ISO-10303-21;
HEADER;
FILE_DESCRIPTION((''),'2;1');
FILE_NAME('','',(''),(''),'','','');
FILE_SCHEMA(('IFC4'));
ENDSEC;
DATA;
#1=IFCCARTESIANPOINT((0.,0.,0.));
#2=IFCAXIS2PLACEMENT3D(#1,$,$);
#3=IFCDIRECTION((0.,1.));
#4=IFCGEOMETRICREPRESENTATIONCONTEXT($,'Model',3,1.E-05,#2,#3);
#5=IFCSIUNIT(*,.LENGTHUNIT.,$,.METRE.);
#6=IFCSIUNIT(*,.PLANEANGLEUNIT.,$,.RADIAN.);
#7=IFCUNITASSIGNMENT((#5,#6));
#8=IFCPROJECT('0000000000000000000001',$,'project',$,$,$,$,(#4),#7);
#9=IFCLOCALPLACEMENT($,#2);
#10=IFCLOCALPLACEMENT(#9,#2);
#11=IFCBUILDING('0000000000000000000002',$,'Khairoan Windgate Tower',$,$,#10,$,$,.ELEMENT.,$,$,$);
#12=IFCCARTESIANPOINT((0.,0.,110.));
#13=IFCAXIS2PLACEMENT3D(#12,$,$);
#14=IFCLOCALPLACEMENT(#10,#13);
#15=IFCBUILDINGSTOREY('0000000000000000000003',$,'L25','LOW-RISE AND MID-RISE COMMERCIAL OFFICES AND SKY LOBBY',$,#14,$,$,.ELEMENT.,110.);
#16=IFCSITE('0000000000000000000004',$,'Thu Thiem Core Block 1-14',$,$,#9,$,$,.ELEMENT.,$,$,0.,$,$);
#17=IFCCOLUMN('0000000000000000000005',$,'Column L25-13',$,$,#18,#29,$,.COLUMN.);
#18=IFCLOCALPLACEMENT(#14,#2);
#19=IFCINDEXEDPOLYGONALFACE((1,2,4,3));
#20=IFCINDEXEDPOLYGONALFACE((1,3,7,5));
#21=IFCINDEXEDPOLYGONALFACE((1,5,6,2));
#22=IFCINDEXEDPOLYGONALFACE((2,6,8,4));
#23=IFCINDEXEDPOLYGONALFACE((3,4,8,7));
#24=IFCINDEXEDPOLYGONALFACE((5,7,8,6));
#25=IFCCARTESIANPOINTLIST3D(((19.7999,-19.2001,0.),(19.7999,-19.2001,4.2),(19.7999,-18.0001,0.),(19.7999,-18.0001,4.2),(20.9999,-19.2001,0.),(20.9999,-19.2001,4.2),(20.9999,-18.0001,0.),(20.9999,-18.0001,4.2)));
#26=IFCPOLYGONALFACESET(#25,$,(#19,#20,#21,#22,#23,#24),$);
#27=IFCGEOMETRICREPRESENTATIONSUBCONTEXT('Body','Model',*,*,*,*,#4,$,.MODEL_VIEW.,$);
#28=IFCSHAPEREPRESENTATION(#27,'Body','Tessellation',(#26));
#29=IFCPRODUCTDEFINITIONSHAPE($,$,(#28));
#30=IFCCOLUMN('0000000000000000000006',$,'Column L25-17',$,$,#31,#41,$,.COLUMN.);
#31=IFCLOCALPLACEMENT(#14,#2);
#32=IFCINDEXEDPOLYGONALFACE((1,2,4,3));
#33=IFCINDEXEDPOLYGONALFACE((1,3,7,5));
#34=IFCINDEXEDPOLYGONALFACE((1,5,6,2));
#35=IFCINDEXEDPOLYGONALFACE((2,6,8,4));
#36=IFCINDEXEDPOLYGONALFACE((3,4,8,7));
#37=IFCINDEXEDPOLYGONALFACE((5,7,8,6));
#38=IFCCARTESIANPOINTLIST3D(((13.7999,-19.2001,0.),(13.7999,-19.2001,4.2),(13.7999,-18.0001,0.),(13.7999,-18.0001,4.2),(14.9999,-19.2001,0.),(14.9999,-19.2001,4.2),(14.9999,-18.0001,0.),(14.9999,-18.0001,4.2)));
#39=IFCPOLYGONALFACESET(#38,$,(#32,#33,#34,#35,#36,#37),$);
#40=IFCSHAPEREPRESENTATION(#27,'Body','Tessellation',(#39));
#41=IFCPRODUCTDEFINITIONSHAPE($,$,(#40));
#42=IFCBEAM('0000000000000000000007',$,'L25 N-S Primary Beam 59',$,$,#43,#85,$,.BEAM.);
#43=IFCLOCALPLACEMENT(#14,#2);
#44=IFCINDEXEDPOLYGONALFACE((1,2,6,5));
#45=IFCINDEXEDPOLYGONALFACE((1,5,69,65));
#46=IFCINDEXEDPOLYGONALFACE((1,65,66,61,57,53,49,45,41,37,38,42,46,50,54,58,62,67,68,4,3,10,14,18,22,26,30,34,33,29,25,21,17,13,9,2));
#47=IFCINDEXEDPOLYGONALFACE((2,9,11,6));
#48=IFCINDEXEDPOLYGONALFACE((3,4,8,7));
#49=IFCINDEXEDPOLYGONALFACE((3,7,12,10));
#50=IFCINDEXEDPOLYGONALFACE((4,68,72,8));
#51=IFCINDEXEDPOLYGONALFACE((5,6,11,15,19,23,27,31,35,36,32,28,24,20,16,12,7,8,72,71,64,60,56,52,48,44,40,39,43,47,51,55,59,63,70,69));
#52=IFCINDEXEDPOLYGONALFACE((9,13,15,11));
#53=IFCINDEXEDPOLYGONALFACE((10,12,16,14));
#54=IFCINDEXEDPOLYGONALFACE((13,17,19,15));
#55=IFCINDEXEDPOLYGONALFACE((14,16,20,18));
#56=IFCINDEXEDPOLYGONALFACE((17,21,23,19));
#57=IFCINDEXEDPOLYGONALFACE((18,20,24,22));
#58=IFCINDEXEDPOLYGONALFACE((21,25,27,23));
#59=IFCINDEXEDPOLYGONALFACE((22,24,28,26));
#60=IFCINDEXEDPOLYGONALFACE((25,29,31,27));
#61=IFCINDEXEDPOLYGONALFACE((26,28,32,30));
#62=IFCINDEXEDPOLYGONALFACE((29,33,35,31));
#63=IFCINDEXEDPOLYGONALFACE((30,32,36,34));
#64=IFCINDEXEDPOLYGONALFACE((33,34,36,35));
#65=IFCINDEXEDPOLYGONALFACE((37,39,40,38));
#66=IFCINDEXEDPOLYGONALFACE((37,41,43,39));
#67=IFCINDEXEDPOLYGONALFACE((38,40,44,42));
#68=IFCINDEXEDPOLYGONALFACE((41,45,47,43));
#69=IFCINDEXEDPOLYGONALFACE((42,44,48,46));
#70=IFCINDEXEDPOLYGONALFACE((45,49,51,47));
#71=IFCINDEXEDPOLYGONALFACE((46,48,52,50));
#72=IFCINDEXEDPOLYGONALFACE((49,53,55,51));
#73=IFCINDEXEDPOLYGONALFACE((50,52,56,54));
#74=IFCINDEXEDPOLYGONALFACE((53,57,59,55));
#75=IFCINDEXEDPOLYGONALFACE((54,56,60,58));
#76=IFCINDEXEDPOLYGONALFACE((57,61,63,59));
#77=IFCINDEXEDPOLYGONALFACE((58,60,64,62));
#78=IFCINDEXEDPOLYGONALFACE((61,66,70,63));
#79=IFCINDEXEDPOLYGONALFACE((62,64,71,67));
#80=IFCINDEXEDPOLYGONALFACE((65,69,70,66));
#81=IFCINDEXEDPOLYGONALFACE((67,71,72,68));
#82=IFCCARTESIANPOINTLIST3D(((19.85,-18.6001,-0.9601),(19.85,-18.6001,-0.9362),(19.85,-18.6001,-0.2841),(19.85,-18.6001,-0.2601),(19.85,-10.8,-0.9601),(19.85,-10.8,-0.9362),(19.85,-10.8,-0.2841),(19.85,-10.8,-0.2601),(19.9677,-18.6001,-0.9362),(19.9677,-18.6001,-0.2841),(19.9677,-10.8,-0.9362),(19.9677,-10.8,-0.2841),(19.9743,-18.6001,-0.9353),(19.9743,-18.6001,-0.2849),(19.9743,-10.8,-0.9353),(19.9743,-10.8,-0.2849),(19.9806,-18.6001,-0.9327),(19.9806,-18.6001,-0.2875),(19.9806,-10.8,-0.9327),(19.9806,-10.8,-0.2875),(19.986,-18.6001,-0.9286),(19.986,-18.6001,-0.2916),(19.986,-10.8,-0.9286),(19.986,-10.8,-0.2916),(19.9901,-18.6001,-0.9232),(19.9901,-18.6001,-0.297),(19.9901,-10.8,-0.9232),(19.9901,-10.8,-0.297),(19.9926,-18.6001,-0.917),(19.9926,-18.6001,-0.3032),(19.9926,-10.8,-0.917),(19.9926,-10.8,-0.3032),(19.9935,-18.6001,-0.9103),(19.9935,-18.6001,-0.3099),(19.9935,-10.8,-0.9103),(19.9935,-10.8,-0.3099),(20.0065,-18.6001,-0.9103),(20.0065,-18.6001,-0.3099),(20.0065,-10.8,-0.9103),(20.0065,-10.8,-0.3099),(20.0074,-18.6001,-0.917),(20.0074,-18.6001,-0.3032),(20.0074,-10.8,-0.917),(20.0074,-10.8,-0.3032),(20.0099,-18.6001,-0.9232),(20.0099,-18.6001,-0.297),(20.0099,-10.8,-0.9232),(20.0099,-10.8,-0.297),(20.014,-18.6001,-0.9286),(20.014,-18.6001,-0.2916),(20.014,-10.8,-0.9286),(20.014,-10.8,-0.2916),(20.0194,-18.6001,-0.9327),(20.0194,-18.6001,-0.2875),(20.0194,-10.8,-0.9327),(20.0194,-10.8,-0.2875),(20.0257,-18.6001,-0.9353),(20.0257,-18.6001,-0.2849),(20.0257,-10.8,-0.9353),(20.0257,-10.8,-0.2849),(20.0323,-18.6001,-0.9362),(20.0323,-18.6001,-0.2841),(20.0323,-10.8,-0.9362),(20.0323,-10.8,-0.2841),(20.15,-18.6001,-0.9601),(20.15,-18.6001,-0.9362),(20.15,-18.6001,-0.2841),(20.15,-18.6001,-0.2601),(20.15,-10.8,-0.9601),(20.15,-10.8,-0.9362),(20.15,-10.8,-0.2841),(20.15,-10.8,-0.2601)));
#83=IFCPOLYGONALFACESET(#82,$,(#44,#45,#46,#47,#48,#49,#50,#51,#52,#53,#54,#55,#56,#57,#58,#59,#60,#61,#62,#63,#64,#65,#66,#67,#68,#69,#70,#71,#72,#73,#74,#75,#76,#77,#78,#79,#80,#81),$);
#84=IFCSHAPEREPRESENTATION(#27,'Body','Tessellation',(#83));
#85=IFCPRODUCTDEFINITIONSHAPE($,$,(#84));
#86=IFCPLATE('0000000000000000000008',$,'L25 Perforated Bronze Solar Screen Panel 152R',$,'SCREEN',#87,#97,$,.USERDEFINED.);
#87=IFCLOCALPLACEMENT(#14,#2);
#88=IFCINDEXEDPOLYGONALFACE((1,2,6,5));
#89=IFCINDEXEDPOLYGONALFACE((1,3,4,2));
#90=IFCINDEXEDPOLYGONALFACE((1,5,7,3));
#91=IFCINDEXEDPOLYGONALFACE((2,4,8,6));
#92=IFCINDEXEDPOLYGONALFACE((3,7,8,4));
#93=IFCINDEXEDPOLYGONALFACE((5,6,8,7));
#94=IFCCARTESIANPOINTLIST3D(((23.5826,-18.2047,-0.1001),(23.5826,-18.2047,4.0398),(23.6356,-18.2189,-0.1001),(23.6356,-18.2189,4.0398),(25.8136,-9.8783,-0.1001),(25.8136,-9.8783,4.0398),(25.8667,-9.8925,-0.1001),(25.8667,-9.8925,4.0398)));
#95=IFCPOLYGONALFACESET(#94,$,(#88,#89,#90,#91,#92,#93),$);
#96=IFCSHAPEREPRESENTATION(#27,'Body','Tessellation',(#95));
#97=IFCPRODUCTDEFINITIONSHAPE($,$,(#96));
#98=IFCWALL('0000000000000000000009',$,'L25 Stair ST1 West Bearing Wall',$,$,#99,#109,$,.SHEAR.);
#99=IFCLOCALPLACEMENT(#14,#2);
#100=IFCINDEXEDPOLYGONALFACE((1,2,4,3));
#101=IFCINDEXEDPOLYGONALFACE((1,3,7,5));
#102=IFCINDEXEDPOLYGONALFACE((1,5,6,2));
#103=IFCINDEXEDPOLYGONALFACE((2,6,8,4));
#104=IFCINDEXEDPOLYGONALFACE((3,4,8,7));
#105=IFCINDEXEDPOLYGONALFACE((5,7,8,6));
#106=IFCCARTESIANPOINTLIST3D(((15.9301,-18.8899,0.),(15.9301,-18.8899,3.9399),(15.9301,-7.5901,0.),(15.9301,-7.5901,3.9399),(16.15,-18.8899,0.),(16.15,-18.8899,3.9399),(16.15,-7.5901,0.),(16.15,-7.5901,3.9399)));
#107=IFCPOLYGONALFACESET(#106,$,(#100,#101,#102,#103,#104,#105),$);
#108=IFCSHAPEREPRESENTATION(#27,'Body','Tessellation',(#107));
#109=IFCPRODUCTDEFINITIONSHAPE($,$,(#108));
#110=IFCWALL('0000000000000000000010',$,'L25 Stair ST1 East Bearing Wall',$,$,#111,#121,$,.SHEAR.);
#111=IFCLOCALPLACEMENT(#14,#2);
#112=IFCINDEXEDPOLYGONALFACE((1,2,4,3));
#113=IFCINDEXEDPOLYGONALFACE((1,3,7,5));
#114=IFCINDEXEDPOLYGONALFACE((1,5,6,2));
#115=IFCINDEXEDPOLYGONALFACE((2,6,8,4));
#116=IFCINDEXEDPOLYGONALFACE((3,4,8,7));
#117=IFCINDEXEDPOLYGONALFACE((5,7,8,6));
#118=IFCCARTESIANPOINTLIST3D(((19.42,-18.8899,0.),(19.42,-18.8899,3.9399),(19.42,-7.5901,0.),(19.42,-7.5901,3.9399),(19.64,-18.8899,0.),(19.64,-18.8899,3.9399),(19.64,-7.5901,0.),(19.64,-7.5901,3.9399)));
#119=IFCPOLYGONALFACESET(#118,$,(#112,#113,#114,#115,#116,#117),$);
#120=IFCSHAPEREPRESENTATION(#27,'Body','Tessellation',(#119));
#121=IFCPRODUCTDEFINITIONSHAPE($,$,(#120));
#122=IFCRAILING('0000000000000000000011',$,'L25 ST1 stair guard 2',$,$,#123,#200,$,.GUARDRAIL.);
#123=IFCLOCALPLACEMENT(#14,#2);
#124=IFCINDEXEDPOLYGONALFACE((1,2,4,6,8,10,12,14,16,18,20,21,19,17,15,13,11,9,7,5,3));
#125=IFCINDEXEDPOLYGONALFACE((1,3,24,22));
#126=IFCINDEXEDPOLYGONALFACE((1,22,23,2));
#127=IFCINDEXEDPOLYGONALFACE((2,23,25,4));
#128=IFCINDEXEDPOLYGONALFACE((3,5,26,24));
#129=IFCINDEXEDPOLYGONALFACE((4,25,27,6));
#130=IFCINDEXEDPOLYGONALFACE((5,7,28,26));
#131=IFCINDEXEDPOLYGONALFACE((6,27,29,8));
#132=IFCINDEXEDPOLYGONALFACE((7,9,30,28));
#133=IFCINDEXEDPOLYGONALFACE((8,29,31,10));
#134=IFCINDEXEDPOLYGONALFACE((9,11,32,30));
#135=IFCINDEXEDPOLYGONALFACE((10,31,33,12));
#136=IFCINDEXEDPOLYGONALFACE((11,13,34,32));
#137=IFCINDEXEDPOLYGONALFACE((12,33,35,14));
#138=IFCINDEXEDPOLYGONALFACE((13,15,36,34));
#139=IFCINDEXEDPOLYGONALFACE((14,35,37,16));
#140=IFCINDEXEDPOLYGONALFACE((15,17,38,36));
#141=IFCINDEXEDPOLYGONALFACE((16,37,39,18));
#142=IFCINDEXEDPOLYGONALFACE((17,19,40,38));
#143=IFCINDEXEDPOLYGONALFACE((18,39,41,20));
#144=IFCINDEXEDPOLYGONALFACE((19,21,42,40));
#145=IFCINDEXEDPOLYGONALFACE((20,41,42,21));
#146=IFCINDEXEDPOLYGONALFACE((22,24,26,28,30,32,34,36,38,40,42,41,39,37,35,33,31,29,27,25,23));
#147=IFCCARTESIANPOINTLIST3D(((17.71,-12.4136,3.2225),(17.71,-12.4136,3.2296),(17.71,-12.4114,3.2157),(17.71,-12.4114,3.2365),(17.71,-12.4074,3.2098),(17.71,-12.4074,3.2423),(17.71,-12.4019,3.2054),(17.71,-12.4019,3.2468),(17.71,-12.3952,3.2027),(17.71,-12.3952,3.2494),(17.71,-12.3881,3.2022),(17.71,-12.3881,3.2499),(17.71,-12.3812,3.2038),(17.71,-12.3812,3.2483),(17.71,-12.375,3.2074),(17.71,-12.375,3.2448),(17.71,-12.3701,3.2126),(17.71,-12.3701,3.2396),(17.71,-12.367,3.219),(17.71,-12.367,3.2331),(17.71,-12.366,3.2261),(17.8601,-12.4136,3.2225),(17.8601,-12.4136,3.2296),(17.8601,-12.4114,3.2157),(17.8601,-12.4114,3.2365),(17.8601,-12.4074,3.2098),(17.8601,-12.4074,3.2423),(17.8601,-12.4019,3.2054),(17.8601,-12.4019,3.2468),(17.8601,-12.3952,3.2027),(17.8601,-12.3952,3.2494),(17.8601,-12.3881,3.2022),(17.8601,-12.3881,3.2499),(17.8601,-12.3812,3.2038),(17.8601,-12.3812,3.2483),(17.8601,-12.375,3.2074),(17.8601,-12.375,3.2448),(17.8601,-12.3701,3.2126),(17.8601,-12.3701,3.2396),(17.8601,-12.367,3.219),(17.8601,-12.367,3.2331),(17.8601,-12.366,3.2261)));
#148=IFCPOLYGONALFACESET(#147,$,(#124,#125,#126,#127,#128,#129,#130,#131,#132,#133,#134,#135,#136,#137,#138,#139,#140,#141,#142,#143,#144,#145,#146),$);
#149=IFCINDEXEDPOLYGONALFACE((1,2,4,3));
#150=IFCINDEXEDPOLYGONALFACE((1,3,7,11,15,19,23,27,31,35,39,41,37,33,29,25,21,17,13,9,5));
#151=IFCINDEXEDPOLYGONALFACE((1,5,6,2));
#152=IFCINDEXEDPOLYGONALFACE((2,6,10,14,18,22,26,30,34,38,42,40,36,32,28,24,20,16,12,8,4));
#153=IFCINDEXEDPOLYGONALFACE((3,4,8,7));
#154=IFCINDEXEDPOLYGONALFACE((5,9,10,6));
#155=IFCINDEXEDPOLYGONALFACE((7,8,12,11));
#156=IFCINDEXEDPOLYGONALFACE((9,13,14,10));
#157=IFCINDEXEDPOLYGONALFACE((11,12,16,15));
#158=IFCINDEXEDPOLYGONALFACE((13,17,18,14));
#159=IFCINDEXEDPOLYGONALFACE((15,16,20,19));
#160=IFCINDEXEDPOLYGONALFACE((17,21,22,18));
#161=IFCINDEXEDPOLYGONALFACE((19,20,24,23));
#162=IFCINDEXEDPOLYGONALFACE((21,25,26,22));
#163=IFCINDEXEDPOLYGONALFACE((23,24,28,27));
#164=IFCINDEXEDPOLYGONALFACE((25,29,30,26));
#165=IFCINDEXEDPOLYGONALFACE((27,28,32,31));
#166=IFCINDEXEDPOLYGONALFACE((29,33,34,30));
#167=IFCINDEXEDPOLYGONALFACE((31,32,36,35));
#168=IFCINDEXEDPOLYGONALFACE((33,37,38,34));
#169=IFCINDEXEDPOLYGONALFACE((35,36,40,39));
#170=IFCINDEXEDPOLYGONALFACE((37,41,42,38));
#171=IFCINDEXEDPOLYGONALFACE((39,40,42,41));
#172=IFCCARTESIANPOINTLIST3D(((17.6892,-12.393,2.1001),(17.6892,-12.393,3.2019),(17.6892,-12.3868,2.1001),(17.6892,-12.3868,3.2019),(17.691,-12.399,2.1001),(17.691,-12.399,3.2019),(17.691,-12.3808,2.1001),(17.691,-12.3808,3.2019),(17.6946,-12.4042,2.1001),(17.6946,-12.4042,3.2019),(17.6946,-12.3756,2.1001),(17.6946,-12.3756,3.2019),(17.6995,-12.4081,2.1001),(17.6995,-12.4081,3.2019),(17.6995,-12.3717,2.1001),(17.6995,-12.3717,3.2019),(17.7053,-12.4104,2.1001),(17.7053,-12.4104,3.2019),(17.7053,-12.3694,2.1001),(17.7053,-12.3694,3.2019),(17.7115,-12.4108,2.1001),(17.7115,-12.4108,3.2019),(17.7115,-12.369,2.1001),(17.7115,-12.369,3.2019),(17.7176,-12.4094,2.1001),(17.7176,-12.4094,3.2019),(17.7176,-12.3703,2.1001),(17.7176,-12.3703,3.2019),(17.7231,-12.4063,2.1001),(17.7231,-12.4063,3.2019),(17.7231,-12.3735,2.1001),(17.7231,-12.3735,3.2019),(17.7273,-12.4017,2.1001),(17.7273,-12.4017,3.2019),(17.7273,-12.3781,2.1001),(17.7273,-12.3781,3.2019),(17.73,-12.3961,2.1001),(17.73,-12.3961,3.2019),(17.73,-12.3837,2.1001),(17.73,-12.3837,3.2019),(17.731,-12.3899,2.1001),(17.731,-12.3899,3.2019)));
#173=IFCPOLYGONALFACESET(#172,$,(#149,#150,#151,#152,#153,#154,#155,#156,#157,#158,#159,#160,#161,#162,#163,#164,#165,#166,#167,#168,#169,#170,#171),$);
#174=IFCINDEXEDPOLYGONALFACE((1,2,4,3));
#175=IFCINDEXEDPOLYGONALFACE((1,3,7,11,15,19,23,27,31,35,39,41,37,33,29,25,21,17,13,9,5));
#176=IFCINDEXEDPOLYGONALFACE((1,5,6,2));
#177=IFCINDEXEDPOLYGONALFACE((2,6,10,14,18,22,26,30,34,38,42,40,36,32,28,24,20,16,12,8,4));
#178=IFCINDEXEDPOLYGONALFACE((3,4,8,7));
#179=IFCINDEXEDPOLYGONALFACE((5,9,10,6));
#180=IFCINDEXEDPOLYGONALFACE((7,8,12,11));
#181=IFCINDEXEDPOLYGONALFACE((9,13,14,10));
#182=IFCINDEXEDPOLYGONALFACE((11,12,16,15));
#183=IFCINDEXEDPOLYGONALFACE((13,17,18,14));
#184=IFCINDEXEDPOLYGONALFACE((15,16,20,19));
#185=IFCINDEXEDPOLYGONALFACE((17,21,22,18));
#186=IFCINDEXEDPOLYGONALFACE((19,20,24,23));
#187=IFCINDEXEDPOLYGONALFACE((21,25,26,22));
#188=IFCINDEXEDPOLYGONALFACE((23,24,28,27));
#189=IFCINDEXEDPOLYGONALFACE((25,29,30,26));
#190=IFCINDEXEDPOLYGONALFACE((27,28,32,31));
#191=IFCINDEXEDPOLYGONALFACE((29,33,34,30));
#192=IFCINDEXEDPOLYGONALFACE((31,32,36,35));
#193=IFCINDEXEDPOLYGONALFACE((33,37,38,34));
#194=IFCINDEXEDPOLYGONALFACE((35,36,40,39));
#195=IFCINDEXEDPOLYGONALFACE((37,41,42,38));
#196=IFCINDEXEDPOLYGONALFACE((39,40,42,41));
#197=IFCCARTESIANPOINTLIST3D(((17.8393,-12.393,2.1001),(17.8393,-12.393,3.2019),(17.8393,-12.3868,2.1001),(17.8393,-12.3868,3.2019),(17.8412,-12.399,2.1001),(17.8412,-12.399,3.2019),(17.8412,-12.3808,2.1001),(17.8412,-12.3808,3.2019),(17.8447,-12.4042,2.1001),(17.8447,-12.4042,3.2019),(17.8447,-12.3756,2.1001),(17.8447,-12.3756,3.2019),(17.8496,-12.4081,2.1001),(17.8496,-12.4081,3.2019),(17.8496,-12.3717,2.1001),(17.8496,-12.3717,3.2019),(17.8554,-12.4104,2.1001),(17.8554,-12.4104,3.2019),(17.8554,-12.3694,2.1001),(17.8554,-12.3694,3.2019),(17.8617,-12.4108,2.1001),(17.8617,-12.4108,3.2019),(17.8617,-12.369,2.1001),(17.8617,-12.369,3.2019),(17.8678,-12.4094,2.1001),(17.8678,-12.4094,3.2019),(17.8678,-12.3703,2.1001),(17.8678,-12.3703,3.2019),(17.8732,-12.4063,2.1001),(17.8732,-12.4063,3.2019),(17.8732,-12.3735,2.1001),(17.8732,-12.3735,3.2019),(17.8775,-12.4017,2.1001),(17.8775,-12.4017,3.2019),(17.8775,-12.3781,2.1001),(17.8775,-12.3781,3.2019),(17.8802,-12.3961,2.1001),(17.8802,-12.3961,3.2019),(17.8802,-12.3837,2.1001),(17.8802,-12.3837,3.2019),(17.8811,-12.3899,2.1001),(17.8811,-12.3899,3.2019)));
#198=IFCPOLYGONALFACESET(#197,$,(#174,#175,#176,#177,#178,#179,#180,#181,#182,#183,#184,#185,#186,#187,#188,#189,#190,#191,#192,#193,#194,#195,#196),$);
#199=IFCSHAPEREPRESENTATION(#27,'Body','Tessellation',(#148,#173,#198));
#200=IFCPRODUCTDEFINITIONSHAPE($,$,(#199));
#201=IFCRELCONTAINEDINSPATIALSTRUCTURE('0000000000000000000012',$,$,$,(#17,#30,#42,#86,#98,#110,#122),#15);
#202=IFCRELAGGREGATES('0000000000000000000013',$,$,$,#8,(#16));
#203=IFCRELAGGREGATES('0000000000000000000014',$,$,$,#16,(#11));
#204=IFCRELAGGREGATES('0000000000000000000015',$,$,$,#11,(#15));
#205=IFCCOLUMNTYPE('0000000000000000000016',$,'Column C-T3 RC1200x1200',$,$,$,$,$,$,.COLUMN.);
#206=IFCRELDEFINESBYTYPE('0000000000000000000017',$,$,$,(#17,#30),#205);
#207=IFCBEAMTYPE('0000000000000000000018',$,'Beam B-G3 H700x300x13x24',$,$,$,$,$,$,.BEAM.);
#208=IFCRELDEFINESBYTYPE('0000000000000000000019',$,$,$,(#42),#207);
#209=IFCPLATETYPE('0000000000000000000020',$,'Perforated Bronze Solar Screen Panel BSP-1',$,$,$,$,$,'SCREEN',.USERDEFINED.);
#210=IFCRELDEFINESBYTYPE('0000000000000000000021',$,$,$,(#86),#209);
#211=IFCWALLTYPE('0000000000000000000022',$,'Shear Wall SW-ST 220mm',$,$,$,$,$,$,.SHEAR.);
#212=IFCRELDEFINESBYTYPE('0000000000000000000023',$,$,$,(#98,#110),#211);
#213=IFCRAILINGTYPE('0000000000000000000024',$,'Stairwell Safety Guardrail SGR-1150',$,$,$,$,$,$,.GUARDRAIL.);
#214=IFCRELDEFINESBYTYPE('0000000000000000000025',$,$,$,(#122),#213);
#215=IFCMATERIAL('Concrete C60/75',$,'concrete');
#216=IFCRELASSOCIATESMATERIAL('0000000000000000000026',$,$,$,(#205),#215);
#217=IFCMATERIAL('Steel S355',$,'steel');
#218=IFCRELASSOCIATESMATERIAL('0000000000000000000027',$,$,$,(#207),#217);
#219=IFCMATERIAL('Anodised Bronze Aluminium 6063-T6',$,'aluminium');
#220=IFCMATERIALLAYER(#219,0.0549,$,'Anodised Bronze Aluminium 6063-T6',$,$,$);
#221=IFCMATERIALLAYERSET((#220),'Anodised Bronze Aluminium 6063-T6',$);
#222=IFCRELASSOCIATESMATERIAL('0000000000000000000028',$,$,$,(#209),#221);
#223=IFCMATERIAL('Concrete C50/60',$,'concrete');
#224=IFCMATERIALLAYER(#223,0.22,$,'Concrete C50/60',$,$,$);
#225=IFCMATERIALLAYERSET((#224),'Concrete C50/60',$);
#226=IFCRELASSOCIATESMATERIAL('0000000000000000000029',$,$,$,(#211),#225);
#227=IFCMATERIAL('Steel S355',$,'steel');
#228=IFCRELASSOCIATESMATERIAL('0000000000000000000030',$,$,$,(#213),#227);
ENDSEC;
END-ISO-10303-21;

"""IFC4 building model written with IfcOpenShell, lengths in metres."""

from ifc_helpers import new_model, si_unit, direction, frame, frame_2d, origin, origin_2d, place, context, subcontext, project, spatial, rectangle, circle, i_section, extrude, material, layer, layer_set, material_profile, profile_set, type_object, element, save


model = new_model("IFC4")

# Units and contexts
model_context = context("Model", 3, precision=1e-05, world=origin(), true_north=direction((0.0, 1.0)))
body_context = subcontext(model_context, "Body", "Model", "MODEL_VIEW")
ifc_project = project(units=[si_unit("LENGTHUNIT", "METRE"), si_unit("PLANEANGLEUNIT", "RADIAN")], contexts=[model_context])

# Site, building, storey
site_placement = place(None, origin())
site = spatial("IfcSite", under=ifc_project, at=site_placement, Name="Thu Thiem Core Block 1-14", CompositionType="ELEMENT", RefElevation=0.0)
building_placement = place(site_placement, origin())
building = spatial("IfcBuilding", under=site, at=building_placement, Name="Khairoan Windgate Tower", CompositionType="ELEMENT")
storey_placement = place(building_placement, frame((0.0, 0.0, 110.0)))
storey = spatial("IfcBuildingStorey", under=building, at=storey_placement, Name="L25", Description="LOW-RISE AND MID-RISE COMMERCIAL OFFICES AND SKY LOBBY", CompositionType="ELEMENT", Elevation=110.0)

# Columns
ifc_material_1 = material(Name="Concrete C60/75", Category="concrete")
ifc_material_profile_1 = material_profile(ifc_material_1, rectangle(XDim=1.2, YDim=1.2, at=origin_2d()))
ifc_profile_set_1 = profile_set([ifc_material_profile_1], Name="Concrete C60/75")
column_type = type_object("IfcColumnType", Name="Column C-T3 RC1200x1200", PredefinedType="COLUMN", material=ifc_profile_set_1)
for number, where, z_axis, x_axis, name in (
    (1, (20.3999, -18.6001, 0.0), (0.0, 0.0, 1.0), (1.0, 0.0, 0.0), "Column L25-13"),
    (2, (14.3999, -18.6001, 0.0), (0.0, 0.0, 1.0), (1.0, 0.0, 0.0), "Column L25-17"),
):
    element("IfcColumn", number, at=place(storey_placement, frame(where, z_axis=z_axis, x_axis=x_axis)), inside=storey, type_object=column_type, Name=name, PredefinedType="COLUMN", context=body_context, shape_type="SweptSolid", body=[
        extrude(rectangle(XDim=1.2, YDim=1.2, at=origin_2d()), origin(), (0.0, 0.0, 1.0), 4.2),
    ])

# Beam
ifc_material_2 = material(Name="Steel S355", Category="steel")
ifc_material_profile_2 = material_profile(ifc_material_2, i_section(OverallWidth=0.3, OverallDepth=0.7, WebThickness=0.0129, FlangeThickness=0.0239, FilletRadius=0.0259, at=origin_2d()))
ifc_profile_set_2 = profile_set([ifc_material_profile_2], Name="Steel S355")
beam_type = type_object("IfcBeamType", Name="Beam B-G3 H700x300x13x24", PredefinedType="BEAM", material=ifc_profile_set_2)
beam_placement = place(storey_placement, frame((20.0, -18.6001, -0.6101), z_axis=(0.0, 1.0, 0.0), x_axis=(-1.0, 0.0, 0.0)))
element("IfcBeam", 3, at=beam_placement, inside=storey, type_object=beam_type, Name="L25 N-S Primary Beam 59", PredefinedType="BEAM", context=body_context, shape_type="SweptSolid", body=[
    extrude(i_section(OverallWidth=0.3, OverallDepth=0.7, WebThickness=0.0129, FlangeThickness=0.0239, FilletRadius=0.0259, at=origin_2d()), origin(), (0.0, 0.0, 1.0), 7.8),
])

# Plate
ifc_material_3 = material(Name="Anodised Bronze Aluminium 6063-T6", Category="aluminium")
ifc_layer_1 = layer(ifc_material_3, 0.0549, Name="Anodised Bronze Aluminium 6063-T6")
ifc_layer_set_1 = layer_set([ifc_layer_1], Name="Anodised Bronze Aluminium 6063-T6")
plate_type = type_object("IfcPlateType", Name="Perforated Bronze Solar Screen Panel BSP-1", ElementType="SCREEN", PredefinedType="USERDEFINED", material=ifc_layer_set_1)
plate_placement = place(storey_placement, frame((24.7246, -14.0486, -0.1001), z_axis=(0.0, 0.0, 1.0), x_axis=(-0.258819, -0.965926, 0.0)))
element("IfcPlate", 4, at=plate_placement, inside=storey, type_object=plate_type, Name="L25 Perforated Bronze Solar Screen Panel 152R", ObjectType="SCREEN", PredefinedType="USERDEFINED", context=body_context, shape_type="SweptSolid", body=[
    extrude(rectangle(XDim=8.6201, YDim=0.0549, at=origin_2d()), origin(), (0.0, 0.0, 1.0), 4.1399),
])

# Walls
ifc_material_4 = material(Name="Concrete C50/60", Category="concrete")
ifc_layer_2 = layer(ifc_material_4, 0.22, Name="Concrete C50/60")
ifc_layer_set_2 = layer_set([ifc_layer_2], Name="Concrete C50/60")
wall_type = type_object("IfcWallType", Name="Shear Wall SW-ST 220mm", PredefinedType="SHEAR", material=ifc_layer_set_2)
for number, where, z_axis, x_axis, name in (
    (5, (16.04, -18.8899, 0.0), (0.0, 0.0, 1.0), (0.0, 1.0, 0.0), "L25 Stair ST1 West Bearing Wall"),
    (6, (19.53, -18.8899, 0.0), (0.0, 0.0, 1.0), (0.0, 1.0, 0.0), "L25 Stair ST1 East Bearing Wall"),
):
    element("IfcWall", number, at=place(storey_placement, frame(where, z_axis=z_axis, x_axis=x_axis)), inside=storey, type_object=wall_type, Name=name, PredefinedType="SHEAR", context=body_context, shape_type="SweptSolid", body=[
        extrude(rectangle(XDim=11.2998, YDim=0.22, at=frame_2d((5.6499, 0.0))), origin(), (0.0, 0.0, 1.0), 3.9399),
    ])

# Railing
ifc_material_5 = material(Name="Steel S355", Category="steel")
railing_type = type_object("IfcRailingType", Name="Stairwell Safety Guardrail SGR-1150", PredefinedType="GUARDRAIL", material=ifc_material_5)
railing_1_placement = place(storey_placement, frame((17.71, -12.3899, 2.1001)))
element("IfcRailing", 7, at=railing_1_placement, inside=storey, type_object=railing_type, Name="L25 ST1 stair guard 2", PredefinedType="GUARDRAIL", context=body_context, shape_type="SweptSolid", body=[
    extrude(circle(Radius=0.0239, at=origin_2d()), frame((0.0, 0.0, 1.126), z_axis=(1.0, 0.0, 0.0), x_axis=(0.0, 1.0, 0.0)), (0.0, 0.0, 1.0), 0.1501),
    extrude(circle(Radius=0.021, at=origin_2d()), origin(), (0.0, 0.0, 1.0), 1.1018),
    extrude(circle(Radius=0.021, at=origin_2d()), frame((0.1501, 0.0, 0.0)), (0.0, 0.0, 1.0), 1.1018),
])

save(model, "model.ifc")
